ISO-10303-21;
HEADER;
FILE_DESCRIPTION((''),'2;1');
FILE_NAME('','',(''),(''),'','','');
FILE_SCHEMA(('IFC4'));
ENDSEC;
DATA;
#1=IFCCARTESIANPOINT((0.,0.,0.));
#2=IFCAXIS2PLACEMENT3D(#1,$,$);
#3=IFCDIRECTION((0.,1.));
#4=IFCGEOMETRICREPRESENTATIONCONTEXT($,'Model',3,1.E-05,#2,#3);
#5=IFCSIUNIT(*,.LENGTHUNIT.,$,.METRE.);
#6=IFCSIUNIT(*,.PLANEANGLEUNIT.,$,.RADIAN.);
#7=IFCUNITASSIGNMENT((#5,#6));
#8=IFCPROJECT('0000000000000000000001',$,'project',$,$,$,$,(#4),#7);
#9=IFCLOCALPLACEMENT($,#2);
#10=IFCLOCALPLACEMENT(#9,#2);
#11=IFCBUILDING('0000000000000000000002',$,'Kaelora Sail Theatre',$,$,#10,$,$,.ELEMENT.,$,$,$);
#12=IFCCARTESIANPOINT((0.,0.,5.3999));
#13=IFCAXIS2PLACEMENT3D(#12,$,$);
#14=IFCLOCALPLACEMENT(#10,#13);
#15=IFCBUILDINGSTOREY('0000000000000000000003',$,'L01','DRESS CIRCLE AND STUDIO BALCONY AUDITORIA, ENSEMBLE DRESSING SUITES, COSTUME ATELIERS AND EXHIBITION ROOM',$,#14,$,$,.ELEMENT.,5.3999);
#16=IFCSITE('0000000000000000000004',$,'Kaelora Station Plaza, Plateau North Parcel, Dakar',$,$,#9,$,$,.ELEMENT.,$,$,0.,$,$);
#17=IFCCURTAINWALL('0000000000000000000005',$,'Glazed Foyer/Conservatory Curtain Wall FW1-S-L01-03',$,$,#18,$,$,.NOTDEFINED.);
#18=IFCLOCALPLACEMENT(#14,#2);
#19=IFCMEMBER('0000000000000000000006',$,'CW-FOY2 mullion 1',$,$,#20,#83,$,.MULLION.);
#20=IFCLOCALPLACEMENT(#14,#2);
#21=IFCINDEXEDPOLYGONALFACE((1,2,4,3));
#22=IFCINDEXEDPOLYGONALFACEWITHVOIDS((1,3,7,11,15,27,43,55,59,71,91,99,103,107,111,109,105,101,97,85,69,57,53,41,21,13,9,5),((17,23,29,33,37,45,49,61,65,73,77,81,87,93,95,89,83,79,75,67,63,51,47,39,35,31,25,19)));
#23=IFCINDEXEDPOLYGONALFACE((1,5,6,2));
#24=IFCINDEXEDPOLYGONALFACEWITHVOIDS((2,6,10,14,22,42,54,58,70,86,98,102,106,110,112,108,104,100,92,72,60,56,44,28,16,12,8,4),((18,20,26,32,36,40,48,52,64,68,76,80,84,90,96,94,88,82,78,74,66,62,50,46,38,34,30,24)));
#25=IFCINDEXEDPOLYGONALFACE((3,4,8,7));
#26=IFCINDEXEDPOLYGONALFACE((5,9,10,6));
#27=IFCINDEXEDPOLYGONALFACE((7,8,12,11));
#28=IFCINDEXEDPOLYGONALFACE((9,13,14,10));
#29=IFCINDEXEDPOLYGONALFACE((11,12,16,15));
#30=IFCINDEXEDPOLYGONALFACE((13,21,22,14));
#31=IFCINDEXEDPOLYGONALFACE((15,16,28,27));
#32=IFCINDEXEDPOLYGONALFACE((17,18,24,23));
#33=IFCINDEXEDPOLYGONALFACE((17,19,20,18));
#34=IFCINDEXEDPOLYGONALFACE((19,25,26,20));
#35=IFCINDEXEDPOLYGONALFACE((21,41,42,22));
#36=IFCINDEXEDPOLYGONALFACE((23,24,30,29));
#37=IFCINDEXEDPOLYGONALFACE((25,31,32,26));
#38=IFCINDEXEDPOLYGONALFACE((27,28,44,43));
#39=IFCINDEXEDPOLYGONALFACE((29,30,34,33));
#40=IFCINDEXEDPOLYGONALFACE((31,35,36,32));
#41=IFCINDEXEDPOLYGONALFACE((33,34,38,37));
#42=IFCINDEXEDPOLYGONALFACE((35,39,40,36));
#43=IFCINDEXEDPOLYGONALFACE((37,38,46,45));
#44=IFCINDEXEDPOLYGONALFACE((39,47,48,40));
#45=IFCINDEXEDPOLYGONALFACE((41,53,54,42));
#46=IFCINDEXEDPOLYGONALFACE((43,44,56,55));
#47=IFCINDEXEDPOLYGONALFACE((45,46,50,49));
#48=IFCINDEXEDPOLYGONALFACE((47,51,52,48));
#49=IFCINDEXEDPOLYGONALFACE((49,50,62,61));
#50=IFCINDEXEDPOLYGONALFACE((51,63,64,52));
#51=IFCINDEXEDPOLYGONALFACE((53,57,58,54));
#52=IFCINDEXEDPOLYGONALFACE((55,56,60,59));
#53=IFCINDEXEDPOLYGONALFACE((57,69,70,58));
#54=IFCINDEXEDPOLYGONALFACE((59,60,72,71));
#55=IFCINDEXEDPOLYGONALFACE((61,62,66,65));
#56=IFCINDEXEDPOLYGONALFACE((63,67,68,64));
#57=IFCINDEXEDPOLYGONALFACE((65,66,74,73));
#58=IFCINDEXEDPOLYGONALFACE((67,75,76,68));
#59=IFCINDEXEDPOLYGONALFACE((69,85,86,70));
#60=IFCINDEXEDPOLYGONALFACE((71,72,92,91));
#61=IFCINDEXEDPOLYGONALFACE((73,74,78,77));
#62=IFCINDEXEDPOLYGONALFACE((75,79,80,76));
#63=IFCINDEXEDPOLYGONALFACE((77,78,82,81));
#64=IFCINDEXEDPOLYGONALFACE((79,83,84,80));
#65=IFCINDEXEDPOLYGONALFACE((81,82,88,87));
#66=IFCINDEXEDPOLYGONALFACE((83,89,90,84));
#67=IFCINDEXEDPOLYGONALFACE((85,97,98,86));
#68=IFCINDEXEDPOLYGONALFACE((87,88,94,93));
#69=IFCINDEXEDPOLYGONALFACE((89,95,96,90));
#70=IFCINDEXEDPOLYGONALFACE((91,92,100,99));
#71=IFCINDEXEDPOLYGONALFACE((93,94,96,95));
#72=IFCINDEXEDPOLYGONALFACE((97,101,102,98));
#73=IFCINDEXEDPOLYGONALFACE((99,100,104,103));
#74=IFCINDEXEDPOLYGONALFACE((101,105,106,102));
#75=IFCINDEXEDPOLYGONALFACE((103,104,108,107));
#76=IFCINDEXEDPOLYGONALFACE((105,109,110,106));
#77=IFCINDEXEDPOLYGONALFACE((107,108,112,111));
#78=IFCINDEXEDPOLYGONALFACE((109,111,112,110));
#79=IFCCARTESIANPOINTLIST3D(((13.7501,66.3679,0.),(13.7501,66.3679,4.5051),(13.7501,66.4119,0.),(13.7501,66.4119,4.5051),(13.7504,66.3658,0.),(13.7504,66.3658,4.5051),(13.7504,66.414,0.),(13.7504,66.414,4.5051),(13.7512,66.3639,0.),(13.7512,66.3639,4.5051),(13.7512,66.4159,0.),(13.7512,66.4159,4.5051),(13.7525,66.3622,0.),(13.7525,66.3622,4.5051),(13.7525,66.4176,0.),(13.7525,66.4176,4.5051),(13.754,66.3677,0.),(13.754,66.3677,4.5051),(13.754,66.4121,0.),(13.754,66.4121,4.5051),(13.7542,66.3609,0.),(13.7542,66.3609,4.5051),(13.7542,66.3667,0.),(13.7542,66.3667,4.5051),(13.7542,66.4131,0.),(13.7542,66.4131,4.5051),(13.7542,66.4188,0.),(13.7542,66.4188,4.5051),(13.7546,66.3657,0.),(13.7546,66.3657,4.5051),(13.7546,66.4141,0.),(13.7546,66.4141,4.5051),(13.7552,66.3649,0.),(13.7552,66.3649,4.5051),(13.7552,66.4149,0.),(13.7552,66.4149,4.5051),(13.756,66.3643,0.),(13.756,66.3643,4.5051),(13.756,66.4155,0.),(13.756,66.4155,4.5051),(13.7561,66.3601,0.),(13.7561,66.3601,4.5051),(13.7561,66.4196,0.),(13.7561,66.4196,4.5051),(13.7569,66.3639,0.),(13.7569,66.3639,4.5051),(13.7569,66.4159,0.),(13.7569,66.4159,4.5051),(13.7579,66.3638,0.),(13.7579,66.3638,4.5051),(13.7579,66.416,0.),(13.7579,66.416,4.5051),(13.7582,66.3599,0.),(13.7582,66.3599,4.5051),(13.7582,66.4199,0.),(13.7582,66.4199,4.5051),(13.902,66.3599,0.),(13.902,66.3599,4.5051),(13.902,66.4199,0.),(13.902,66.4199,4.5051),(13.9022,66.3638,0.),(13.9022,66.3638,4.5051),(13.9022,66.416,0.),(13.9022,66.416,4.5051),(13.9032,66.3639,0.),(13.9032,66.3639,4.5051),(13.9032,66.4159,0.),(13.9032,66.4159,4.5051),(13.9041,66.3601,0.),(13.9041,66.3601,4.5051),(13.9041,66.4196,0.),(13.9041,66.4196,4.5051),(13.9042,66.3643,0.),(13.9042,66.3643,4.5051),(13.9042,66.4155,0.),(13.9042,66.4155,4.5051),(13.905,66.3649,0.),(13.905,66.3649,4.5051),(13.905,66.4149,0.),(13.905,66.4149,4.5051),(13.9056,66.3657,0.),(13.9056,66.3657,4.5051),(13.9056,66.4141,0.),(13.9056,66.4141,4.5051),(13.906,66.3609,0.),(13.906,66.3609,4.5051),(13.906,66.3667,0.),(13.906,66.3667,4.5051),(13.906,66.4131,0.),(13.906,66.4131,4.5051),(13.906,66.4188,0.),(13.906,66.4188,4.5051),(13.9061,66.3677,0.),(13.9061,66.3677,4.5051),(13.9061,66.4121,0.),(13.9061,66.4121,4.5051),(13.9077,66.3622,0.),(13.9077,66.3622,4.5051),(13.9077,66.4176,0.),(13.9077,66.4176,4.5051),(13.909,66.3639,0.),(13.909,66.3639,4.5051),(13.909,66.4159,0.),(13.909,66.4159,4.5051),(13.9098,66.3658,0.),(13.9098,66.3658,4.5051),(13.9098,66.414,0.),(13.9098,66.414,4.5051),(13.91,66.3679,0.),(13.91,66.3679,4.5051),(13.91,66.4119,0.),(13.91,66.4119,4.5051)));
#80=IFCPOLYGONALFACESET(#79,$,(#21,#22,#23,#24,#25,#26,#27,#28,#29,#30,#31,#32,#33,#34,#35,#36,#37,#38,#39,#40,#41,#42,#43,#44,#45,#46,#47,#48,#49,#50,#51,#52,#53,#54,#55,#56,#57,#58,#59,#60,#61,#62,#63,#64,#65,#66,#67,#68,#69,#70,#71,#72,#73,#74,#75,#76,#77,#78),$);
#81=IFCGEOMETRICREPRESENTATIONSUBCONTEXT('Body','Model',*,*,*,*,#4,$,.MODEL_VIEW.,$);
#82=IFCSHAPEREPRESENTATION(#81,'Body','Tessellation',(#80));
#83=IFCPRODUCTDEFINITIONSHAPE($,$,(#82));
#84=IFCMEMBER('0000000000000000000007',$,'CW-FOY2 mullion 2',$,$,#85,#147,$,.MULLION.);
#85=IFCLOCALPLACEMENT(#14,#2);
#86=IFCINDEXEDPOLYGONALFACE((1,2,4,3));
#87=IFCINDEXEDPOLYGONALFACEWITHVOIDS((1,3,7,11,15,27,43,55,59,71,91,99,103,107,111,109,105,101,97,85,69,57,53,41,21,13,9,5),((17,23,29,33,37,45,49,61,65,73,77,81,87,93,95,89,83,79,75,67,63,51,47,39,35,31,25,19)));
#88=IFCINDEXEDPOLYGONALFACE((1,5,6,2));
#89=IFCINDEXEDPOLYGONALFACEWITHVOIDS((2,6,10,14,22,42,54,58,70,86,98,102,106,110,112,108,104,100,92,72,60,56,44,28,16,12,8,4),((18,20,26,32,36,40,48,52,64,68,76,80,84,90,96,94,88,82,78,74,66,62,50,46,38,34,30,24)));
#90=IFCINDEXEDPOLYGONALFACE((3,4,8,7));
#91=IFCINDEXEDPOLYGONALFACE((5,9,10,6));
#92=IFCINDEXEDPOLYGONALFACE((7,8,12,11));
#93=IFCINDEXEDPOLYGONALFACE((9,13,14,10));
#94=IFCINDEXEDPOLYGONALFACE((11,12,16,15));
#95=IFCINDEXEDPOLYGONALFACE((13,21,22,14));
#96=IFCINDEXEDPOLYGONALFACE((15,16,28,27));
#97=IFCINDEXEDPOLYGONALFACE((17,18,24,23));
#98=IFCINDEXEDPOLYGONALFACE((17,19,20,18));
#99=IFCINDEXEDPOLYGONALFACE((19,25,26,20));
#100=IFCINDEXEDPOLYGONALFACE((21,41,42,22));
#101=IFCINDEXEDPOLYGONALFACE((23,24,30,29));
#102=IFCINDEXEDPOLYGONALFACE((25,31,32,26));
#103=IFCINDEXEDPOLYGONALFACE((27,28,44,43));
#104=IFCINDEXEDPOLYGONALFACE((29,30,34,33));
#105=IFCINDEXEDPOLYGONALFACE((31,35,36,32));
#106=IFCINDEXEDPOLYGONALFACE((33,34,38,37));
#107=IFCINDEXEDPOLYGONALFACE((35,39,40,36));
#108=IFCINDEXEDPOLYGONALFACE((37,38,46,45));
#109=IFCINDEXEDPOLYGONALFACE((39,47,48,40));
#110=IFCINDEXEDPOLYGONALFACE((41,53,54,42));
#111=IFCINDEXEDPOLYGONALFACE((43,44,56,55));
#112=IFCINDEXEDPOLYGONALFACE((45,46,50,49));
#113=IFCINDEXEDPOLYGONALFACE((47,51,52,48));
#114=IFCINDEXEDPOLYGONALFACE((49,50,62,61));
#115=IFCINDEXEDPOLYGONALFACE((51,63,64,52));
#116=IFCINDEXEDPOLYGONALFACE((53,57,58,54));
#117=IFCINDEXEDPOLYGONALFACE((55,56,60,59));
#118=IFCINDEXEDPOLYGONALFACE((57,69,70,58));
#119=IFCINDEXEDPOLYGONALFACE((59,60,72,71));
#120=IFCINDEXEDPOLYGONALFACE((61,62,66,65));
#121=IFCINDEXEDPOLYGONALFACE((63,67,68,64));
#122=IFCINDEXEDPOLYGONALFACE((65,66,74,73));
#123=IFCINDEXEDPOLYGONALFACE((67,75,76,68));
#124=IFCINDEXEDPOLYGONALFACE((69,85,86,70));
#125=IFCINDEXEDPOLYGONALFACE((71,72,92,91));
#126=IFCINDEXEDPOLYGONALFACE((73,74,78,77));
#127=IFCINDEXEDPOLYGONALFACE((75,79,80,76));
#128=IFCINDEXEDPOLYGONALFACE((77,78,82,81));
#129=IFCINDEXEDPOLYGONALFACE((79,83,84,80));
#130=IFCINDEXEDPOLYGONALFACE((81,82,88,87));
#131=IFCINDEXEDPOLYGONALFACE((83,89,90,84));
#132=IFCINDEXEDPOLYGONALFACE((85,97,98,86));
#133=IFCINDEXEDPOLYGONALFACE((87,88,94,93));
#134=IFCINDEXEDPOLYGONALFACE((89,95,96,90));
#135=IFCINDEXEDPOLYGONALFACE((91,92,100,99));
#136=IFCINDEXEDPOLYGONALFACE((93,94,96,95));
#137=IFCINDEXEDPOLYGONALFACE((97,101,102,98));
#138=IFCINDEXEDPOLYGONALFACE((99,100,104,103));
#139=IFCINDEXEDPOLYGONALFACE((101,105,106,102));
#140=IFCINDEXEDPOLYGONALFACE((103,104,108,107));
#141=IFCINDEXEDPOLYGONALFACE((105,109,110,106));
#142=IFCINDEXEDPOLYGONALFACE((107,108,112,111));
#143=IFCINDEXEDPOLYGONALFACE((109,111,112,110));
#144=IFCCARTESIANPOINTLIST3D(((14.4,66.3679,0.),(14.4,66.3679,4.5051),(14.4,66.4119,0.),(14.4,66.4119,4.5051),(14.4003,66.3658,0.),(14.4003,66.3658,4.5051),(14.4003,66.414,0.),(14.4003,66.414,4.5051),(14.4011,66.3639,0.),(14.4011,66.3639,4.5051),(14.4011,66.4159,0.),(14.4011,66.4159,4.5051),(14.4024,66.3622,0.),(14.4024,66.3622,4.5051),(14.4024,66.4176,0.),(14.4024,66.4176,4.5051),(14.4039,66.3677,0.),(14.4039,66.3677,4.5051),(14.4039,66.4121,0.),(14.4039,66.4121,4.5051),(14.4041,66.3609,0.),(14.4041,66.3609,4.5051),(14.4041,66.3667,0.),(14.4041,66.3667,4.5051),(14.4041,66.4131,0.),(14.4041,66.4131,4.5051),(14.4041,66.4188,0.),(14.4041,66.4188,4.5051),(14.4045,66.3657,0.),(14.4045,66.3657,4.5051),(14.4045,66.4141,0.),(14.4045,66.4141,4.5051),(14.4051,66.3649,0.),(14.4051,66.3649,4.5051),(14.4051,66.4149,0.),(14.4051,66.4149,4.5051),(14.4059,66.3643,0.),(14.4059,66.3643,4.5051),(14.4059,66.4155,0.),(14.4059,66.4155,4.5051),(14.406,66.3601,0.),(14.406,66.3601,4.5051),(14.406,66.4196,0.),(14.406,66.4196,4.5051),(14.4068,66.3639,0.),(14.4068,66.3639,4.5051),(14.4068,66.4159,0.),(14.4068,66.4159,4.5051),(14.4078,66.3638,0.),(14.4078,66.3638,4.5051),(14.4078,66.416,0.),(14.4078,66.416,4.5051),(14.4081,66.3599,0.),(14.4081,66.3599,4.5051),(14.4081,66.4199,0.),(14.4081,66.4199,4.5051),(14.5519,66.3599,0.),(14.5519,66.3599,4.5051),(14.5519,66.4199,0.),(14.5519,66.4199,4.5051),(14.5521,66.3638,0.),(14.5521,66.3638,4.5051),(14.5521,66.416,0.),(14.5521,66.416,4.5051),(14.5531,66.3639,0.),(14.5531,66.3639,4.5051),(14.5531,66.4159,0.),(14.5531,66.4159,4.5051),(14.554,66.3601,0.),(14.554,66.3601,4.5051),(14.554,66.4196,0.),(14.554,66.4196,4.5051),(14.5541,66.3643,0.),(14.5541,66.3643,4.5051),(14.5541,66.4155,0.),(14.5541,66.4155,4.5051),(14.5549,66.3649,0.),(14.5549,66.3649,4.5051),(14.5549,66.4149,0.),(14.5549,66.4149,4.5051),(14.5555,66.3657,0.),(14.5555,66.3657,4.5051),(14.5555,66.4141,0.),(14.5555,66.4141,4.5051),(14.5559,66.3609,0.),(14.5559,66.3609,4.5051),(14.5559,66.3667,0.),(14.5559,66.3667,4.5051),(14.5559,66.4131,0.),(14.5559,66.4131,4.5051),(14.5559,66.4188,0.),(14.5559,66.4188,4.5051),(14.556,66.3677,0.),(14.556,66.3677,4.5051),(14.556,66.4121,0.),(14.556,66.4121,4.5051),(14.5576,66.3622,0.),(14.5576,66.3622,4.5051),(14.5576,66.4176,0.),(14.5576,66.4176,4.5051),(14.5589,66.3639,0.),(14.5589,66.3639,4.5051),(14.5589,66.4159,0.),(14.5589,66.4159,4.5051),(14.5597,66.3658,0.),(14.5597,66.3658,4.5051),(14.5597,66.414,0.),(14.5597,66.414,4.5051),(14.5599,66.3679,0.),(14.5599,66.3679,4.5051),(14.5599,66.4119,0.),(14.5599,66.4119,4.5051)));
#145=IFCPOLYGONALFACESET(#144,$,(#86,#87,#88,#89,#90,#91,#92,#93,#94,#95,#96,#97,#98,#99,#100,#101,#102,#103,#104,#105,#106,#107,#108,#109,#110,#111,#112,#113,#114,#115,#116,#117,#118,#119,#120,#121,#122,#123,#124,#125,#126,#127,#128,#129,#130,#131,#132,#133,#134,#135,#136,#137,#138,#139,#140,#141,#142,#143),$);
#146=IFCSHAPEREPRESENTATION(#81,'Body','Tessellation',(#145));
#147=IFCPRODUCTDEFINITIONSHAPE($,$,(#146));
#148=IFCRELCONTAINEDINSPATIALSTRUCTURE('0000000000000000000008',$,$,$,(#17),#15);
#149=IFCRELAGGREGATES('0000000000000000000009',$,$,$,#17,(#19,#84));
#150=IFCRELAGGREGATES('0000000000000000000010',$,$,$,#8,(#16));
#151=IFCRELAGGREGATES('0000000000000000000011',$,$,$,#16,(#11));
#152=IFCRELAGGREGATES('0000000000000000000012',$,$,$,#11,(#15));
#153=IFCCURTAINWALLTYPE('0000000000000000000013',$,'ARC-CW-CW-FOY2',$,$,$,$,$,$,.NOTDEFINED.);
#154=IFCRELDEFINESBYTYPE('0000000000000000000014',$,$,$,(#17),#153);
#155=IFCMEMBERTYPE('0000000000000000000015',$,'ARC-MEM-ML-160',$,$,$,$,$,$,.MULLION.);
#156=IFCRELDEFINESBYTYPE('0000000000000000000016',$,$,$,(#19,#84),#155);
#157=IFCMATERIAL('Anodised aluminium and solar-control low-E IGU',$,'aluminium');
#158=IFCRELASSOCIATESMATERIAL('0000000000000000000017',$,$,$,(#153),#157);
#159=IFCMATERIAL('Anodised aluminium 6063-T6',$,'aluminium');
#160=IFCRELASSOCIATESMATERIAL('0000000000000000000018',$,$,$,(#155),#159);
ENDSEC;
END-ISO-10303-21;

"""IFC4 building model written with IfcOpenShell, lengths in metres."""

from ifc_helpers import new_model, si_unit, direction, frame, origin, origin_2d, place, context, subcontext, project, spatial, hollow_rectangle, extrude, material, material_profile, profile_set, type_object, element, aggregate, save


model = new_model("IFC4")

# Units and contexts
model_context = context("Model", 3, precision=1e-05, world=origin(), true_north=direction((0.0, 1.0)))
body_context = subcontext(model_context, "Body", "Model", "MODEL_VIEW")
ifc_project = project(units=[si_unit("LENGTHUNIT", "METRE"), si_unit("PLANEANGLEUNIT", "RADIAN")], contexts=[model_context])

# Site, building, storey
site_placement = place(None, origin())
site = spatial("IfcSite", under=ifc_project, at=site_placement, Name="Kaelora Station Plaza, Plateau North Parcel, Dakar", CompositionType="ELEMENT", RefElevation=0.0)
building_placement = place(site_placement, origin())
building = spatial("IfcBuilding", under=site, at=building_placement, Name="Kaelora Sail Theatre", CompositionType="ELEMENT")
storey_placement = place(building_placement, frame((0.0, 0.0, 5.3999)))
storey = spatial("IfcBuildingStorey", under=building, at=storey_placement, Name="L01", Description="DRESS CIRCLE AND STUDIO BALCONY AUDITORIA, ENSEMBLE DRESSING SUITES, COSTUME ATELIERS AND EXHIBITION ROOM", CompositionType="ELEMENT", Elevation=5.3999)

# Curtain wall, members
ifc_material_1 = material(Name="Anodised aluminium and solar-control low-E IGU", Category="aluminium")
curtain_wall_type = type_object("IfcCurtainWallType", Name="ARC-CW-CW-FOY2", PredefinedType="NOTDEFINED", material=ifc_material_1)
ifc_material_2 = material(Name="Anodised aluminium 6063-T6", Category="aluminium")
ifc_material_profile_1 = material_profile(ifc_material_2, hollow_rectangle(XDim=0.0601, YDim=0.1599, WallThickness=0.0039, InnerFilletRadius=0.0039, OuterFilletRadius=0.0081, at=origin_2d()), Name="ALU-MULL 60x160x4")
ifc_profile_set_1 = profile_set([ifc_material_profile_1], Name="Anodised aluminium 6063-T6")
member_type_1 = type_object("IfcMemberType", Name="ARC-MEM-ML-160", PredefinedType="MULLION", material=ifc_profile_set_1)
curtain_wall_1_placement = place(storey_placement, origin())
curtain_wall_1 = element("IfcCurtainWall", 1, at=curtain_wall_1_placement, inside=storey, type_object=curtain_wall_type, Name="Glazed Foyer/Conservatory Curtain Wall FW1-S-L01-03", PredefinedType="NOTDEFINED")
member_1_placement = place(storey_placement, frame((13.8301, 66.3899, 0.0), z_axis=(0.0, 0.0, 1.0), x_axis=(0.0, 1.0, 0.0)))
member_1 = element("IfcMember", 2, at=member_1_placement, type_object=member_type_1, Name="CW-FOY2 mullion 1", PredefinedType="MULLION", context=body_context, shape_type="SweptSolid", body=[
    extrude(hollow_rectangle(XDim=0.0601, YDim=0.1599, WallThickness=0.0039, InnerFilletRadius=0.0039, OuterFilletRadius=0.0081, at=origin_2d()), origin(), (0.0, 0.0, 1.0), 4.5051),
])
member_2_placement = place(storey_placement, frame((14.48, 66.3899, 0.0), z_axis=(0.0, 0.0, 1.0), x_axis=(0.0, 1.0, 0.0)))
member_2 = element("IfcMember", 3, at=member_2_placement, type_object=member_type_1, Name="CW-FOY2 mullion 2", PredefinedType="MULLION", context=body_context, shape_type="SweptSolid", body=[
    extrude(hollow_rectangle(XDim=0.0601, YDim=0.1599, WallThickness=0.0039, InnerFilletRadius=0.0039, OuterFilletRadius=0.0081, at=origin_2d()), origin(), (0.0, 0.0, 1.0), 4.5051),
])

aggregate(curtain_wall_1, [member_1, member_2])

save(model, "model.ifc")
